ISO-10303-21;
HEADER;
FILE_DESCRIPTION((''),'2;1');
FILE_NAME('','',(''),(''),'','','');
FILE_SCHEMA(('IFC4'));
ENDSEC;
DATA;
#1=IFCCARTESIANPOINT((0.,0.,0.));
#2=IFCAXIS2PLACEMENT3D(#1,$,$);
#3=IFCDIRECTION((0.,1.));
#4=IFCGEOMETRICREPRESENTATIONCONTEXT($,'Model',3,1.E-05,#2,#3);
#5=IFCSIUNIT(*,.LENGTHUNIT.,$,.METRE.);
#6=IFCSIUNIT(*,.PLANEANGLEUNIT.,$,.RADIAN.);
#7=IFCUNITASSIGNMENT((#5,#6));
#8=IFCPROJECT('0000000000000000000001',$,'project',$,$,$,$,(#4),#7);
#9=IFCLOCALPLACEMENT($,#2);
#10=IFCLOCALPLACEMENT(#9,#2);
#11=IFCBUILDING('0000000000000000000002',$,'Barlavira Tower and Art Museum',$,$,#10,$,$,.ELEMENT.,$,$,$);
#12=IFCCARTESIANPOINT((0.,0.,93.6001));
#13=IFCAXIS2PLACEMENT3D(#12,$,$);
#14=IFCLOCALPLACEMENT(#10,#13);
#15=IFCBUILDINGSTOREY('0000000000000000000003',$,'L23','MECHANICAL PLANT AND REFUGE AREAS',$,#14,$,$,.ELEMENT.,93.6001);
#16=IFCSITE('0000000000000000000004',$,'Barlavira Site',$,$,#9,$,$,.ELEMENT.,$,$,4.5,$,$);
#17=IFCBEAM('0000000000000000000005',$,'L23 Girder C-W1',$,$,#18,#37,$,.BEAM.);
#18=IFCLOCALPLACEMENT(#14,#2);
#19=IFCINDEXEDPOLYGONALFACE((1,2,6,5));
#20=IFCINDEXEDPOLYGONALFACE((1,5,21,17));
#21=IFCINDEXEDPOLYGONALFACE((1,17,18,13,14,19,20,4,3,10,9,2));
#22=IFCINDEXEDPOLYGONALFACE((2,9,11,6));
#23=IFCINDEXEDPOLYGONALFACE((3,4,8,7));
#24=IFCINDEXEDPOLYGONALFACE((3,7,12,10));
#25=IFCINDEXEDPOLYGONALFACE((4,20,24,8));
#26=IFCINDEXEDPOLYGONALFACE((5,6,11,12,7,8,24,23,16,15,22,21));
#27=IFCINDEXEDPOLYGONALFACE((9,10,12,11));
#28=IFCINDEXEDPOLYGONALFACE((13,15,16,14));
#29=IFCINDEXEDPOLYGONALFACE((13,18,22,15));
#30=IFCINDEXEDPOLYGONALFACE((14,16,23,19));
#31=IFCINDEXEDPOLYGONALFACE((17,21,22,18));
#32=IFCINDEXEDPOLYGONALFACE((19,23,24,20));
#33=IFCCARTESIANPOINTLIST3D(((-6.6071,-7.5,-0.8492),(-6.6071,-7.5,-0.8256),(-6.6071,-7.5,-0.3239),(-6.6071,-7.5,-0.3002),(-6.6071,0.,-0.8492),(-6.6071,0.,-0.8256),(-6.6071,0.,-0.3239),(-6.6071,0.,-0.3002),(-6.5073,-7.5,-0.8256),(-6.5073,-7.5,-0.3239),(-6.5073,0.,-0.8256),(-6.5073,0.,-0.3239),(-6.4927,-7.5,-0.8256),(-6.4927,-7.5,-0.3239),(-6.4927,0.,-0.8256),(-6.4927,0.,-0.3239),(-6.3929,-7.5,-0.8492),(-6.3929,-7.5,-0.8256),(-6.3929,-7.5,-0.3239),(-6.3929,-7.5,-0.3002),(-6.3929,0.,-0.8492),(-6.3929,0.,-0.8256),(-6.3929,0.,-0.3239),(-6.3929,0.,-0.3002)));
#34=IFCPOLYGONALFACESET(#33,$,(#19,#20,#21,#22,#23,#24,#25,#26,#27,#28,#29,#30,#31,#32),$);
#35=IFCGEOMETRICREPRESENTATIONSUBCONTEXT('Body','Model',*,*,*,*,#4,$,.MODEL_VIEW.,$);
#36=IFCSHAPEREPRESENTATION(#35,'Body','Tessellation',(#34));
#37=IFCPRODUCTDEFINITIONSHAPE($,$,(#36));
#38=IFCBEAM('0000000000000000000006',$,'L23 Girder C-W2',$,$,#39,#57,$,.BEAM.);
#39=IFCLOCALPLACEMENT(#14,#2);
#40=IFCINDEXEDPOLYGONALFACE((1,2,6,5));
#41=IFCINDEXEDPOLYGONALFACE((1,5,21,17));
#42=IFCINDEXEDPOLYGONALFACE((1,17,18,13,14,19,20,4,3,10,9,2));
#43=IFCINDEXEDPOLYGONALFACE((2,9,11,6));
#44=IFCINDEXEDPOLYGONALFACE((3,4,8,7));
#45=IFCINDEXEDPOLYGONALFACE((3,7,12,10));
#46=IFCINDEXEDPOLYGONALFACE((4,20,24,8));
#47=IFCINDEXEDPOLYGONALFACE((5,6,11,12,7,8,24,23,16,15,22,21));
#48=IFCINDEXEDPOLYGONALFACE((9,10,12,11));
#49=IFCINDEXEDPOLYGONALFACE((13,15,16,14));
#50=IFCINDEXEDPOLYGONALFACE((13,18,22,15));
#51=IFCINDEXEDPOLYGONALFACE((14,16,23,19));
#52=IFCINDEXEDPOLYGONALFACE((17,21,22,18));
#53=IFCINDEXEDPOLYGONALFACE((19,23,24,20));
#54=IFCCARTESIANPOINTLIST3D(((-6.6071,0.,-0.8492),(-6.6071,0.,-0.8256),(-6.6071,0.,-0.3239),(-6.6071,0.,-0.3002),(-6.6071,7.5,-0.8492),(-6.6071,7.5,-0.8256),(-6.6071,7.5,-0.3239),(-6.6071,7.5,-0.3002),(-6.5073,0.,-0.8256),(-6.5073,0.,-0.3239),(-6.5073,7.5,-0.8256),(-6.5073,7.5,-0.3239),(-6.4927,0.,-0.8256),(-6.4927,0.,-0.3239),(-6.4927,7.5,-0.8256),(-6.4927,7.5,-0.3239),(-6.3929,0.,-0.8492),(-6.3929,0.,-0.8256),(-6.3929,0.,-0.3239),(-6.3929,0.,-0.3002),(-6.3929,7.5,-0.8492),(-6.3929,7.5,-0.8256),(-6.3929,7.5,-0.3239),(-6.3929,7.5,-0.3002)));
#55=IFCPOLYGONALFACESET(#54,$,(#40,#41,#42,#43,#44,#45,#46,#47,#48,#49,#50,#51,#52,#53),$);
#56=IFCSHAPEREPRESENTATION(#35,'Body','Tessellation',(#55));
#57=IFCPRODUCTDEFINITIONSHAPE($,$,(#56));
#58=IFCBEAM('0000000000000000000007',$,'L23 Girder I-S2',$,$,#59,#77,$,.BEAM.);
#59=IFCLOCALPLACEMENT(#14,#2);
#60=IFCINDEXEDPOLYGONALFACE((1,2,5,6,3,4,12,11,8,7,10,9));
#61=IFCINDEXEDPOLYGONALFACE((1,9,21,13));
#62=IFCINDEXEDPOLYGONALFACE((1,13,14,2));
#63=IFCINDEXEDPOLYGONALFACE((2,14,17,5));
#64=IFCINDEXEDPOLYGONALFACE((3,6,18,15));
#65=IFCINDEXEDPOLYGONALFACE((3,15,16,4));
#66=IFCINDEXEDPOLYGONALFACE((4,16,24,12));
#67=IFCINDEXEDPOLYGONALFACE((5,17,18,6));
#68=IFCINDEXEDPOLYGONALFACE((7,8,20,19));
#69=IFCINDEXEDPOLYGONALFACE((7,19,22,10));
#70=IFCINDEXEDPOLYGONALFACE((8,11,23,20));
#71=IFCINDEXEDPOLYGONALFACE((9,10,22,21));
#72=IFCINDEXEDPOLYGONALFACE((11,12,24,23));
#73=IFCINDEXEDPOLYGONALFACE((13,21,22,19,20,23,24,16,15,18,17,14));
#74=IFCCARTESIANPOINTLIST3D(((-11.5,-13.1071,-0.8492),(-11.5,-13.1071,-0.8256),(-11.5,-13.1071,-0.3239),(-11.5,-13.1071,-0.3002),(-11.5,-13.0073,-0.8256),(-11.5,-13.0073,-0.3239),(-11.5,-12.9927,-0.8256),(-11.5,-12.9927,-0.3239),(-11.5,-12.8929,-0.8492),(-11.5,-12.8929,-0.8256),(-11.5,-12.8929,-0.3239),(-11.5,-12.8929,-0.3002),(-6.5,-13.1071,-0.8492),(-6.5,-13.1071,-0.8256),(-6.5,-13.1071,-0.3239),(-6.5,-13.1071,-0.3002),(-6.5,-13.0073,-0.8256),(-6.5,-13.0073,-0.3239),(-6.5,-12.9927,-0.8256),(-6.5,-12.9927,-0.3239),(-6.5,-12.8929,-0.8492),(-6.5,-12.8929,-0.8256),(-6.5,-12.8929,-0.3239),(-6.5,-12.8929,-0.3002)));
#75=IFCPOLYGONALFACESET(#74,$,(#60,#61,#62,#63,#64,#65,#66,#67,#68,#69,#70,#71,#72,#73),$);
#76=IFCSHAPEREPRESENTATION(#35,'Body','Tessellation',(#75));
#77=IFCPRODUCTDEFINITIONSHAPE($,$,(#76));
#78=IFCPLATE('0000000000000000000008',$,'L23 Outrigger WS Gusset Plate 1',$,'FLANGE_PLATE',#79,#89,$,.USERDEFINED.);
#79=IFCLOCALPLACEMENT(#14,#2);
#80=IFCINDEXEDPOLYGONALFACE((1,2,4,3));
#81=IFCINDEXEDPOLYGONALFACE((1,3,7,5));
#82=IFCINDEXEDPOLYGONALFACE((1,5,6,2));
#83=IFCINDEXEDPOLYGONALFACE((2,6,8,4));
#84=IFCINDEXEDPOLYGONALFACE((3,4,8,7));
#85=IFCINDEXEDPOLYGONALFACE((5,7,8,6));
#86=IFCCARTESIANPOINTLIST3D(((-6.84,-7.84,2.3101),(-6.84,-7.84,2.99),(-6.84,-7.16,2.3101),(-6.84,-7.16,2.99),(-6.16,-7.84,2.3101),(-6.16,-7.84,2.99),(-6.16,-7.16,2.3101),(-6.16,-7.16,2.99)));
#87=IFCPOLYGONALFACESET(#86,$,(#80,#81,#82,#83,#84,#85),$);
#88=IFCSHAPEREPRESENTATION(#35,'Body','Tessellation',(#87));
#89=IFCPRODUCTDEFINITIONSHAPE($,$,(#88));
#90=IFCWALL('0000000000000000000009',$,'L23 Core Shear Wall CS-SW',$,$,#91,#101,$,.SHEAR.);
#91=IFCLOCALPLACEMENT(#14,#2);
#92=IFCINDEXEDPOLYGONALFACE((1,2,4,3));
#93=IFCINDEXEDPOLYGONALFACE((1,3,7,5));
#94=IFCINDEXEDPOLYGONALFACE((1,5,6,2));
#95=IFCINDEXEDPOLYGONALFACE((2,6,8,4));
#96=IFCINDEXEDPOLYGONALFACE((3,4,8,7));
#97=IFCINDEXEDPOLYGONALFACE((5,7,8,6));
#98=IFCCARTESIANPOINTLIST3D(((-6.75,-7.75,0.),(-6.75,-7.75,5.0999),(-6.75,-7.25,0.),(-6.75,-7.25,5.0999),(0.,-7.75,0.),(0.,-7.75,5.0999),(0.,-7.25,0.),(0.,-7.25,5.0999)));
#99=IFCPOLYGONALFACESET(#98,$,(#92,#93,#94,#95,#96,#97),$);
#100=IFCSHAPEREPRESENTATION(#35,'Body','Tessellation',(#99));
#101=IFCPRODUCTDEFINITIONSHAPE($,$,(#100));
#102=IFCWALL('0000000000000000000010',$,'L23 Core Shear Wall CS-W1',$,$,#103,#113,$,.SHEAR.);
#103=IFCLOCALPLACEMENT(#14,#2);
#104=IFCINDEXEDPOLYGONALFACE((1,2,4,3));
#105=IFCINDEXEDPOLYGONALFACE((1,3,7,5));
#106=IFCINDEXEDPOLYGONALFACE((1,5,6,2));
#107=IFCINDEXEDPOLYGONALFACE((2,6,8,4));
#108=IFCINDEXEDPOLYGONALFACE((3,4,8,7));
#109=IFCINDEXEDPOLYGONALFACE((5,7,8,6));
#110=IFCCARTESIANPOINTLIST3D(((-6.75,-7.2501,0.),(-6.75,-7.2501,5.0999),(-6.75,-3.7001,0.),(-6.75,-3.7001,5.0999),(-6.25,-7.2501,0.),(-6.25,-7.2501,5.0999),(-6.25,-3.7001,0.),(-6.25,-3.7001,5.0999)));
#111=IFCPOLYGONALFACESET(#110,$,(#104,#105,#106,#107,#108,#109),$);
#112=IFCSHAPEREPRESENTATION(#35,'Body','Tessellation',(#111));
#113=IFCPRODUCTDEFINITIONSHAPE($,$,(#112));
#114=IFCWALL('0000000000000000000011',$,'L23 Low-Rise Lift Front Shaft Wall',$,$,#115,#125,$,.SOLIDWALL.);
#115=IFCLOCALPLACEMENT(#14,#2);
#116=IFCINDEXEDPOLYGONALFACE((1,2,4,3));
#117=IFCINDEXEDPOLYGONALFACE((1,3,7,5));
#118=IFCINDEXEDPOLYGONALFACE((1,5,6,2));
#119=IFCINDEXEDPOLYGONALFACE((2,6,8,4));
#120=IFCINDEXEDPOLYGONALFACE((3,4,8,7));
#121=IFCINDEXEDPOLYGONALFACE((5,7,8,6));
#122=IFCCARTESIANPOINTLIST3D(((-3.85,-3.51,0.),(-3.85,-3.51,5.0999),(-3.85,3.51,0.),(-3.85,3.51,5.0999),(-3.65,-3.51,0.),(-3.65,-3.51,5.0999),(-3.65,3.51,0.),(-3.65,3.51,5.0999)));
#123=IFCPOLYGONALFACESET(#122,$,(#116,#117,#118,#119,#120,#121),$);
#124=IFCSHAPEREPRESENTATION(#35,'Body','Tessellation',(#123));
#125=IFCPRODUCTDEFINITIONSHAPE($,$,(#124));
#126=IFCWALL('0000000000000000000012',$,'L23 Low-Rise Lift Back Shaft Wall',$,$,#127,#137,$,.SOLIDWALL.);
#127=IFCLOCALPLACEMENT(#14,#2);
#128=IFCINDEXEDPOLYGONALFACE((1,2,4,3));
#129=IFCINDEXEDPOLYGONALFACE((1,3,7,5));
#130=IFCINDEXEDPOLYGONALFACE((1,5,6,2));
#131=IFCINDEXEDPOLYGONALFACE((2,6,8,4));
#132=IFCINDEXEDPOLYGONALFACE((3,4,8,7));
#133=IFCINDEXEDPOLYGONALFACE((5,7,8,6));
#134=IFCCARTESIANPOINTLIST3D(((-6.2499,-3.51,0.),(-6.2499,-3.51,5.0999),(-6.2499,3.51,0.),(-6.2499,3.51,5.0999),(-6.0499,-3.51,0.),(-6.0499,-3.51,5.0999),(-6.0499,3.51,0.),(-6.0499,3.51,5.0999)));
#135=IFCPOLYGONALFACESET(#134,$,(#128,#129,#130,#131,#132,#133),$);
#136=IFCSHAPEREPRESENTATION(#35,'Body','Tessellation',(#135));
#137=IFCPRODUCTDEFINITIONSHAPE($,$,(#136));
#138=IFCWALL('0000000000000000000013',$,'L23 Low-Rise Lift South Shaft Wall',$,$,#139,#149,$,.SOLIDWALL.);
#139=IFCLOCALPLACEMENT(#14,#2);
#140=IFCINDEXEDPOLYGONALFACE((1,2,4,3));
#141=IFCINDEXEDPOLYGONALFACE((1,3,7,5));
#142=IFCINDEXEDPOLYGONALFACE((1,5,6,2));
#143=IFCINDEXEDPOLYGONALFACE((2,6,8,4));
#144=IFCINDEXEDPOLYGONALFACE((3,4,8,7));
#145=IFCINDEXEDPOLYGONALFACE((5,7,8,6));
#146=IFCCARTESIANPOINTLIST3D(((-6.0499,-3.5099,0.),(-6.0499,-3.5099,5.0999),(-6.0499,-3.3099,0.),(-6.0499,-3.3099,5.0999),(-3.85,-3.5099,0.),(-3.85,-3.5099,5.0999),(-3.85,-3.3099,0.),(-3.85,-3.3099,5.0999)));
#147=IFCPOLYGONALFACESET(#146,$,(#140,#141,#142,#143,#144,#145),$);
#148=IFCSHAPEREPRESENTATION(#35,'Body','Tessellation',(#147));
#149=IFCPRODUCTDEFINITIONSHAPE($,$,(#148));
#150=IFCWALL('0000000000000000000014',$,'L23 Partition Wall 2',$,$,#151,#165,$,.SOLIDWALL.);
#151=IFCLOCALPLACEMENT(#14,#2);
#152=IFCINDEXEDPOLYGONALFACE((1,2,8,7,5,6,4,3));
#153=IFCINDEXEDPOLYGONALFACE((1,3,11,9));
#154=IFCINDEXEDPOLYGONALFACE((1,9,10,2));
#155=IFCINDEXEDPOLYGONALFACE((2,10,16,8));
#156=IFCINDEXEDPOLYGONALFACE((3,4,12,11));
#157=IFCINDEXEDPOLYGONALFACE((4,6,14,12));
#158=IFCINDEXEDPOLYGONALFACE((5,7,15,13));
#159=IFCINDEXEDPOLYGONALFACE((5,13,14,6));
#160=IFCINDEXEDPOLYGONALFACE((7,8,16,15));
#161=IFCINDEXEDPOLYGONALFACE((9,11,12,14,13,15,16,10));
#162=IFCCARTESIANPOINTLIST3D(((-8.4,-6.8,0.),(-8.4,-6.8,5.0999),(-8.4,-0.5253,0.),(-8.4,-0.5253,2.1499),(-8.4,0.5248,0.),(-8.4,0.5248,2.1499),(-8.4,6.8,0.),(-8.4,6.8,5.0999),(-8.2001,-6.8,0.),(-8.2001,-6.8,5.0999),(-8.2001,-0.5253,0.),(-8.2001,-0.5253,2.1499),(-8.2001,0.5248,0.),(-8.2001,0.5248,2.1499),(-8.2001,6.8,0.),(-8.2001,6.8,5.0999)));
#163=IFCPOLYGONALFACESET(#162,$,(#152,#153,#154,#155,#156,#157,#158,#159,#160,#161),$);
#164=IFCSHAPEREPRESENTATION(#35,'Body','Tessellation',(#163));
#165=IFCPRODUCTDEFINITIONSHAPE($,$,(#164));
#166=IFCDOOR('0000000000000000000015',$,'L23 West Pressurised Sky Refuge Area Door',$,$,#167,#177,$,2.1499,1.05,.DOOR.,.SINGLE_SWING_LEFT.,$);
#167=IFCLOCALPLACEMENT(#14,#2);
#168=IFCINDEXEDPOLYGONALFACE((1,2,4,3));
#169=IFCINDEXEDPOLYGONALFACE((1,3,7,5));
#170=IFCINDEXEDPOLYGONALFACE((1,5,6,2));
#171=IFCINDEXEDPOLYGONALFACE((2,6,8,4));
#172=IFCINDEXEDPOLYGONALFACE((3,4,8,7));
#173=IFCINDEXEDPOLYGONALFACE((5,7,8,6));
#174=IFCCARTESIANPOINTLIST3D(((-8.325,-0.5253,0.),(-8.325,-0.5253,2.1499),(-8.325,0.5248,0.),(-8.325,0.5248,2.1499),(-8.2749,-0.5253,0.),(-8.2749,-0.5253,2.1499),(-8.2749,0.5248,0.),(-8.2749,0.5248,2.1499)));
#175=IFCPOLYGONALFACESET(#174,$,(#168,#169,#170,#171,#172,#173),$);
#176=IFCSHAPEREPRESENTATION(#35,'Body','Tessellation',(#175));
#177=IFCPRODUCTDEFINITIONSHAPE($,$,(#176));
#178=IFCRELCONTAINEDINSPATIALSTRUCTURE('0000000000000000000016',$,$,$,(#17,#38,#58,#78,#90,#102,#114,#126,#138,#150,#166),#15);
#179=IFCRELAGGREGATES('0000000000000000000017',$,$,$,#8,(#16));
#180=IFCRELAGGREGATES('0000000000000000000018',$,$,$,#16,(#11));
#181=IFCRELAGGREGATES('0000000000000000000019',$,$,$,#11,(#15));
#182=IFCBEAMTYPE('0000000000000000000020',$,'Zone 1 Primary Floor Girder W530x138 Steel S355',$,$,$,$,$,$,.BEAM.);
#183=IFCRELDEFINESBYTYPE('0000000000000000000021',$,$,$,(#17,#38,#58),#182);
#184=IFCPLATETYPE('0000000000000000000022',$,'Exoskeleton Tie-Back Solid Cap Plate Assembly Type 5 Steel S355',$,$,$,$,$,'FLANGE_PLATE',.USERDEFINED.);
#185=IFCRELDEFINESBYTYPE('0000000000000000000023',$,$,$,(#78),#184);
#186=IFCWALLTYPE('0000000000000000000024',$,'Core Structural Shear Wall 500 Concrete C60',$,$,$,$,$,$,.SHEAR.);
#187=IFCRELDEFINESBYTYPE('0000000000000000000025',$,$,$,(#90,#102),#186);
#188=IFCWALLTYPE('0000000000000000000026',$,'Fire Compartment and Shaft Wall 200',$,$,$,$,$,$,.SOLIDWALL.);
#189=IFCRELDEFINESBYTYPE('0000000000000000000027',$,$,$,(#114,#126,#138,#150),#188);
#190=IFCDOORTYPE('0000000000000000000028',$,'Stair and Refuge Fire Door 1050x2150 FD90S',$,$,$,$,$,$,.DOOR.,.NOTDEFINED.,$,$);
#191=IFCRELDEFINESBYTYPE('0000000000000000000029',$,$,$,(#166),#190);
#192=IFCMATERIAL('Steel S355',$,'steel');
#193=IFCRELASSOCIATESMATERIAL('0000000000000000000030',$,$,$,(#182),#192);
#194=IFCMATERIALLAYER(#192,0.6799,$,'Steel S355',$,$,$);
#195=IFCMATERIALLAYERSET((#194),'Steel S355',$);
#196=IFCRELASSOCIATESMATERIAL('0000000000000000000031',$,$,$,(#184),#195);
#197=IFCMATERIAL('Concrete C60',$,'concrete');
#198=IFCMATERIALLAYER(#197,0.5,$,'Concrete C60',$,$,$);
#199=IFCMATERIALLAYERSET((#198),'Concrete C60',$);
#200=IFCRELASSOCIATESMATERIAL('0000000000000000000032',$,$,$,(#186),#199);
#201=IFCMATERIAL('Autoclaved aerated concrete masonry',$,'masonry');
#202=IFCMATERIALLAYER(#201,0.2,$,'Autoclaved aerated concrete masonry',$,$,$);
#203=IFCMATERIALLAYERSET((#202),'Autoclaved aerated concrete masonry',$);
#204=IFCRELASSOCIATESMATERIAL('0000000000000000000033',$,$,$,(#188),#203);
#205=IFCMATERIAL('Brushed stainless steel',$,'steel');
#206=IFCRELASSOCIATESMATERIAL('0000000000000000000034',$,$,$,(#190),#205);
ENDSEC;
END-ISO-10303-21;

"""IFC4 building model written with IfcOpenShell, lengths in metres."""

from ifc_helpers import new_model, si_unit, direction, frame, frame_2d, origin, origin_2d, place, context, subcontext, project, spatial, rectangle, i_section, extrude, material, layer, layer_set, material_profile, profile_set, type_object, element, fill, save


model = new_model("IFC4")

# Units and contexts
model_context = context("Model", 3, precision=1e-05, world=origin(), true_north=direction((0.0, 1.0)))
body_context = subcontext(model_context, "Body", "Model", "MODEL_VIEW")
ifc_project = project(units=[si_unit("LENGTHUNIT", "METRE"), si_unit("PLANEANGLEUNIT", "RADIAN")], contexts=[model_context])

# Site, building, storey
site_placement = place(None, origin())
site = spatial("IfcSite", under=ifc_project, at=site_placement, Name="Barlavira Site", CompositionType="ELEMENT", RefElevation=4.5)
building_placement = place(site_placement, origin())
building = spatial("IfcBuilding", under=site, at=building_placement, Name="Barlavira Tower and Art Museum", CompositionType="ELEMENT")
storey_placement = place(building_placement, frame((0.0, 0.0, 93.6001)))
storey = spatial("IfcBuildingStorey", under=building, at=storey_placement, Name="L23", Description="MECHANICAL PLANT AND REFUGE AREAS", CompositionType="ELEMENT", Elevation=93.6001)

# Shared definitions
ifc_material_1 = material(Name="Steel S355", Category="steel")

# Beams
ifc_material_profile_1 = material_profile(ifc_material_1, i_section(OverallWidth=0.2141, OverallDepth=0.5491, WebThickness=0.0146, FlangeThickness=0.0237, at=origin_2d()), Name="W530x138.0")
ifc_profile_set_1 = profile_set([ifc_material_profile_1], Name="Steel S355")
beam_type_1 = type_object("IfcBeamType", Name="Zone 1 Primary Floor Girder W530x138 Steel S355", PredefinedType="BEAM", material=ifc_profile_set_1)
for number, where, z_axis, x_axis, name in (
    (1, (-6.5, -7.5, -0.5747), (0.0, 1.0, 0.0), (-1.0, 0.0, 0.0), "L23 Girder C-W1"),
    (2, (-6.5, 0.0, -0.5747), (0.0, 1.0, 0.0), (-1.0, 0.0, 0.0), "L23 Girder C-W2"),
):
    element("IfcBeam", number, at=place(storey_placement, frame(where, z_axis=z_axis, x_axis=x_axis)), inside=storey, type_object=beam_type_1, Name=name, PredefinedType="BEAM", context=body_context, shape_type="SweptSolid", body=[
        extrude(i_section(OverallWidth=0.2141, OverallDepth=0.5491, WebThickness=0.0146, FlangeThickness=0.0237, at=origin_2d()), origin(), (0.0, 0.0, 1.0), 7.5),
    ])
beam_1_placement = place(storey_placement, frame((-11.5, -13.0, -0.5747), z_axis=(1.0, 0.0, 0.0), x_axis=(0.0, 1.0, 0.0)))
element("IfcBeam", 3, at=beam_1_placement, inside=storey, type_object=beam_type_1, Name="L23 Girder I-S2", PredefinedType="BEAM", context=body_context, shape_type="SweptSolid", body=[
    extrude(i_section(OverallWidth=0.2141, OverallDepth=0.5491, WebThickness=0.0146, FlangeThickness=0.0237, at=origin_2d()), origin(), (0.0, 0.0, 1.0), 5.0),
])

# Plate
ifc_layer_1 = layer(ifc_material_1, 0.6799, Name="Steel S355")
ifc_layer_set_1 = layer_set([ifc_layer_1], Name="Steel S355")
plate_type = type_object("IfcPlateType", Name="Exoskeleton Tie-Back Solid Cap Plate Assembly Type 5 Steel S355", ElementType="FLANGE_PLATE", PredefinedType="USERDEFINED", material=ifc_layer_set_1)
plate_placement = place(storey_placement, frame((-6.5, -7.5, 2.3101), z_axis=(0.0, 0.0, 1.0), x_axis=(1.0, 0.0, 0.0)))
element("IfcPlate", 4, at=plate_placement, inside=storey, type_object=plate_type, Name="L23 Outrigger WS Gusset Plate 1", ObjectType="FLANGE_PLATE", PredefinedType="USERDEFINED", context=body_context, shape_type="SweptSolid", body=[
    extrude(rectangle(XDim=0.6799, YDim=0.6799, at=origin_2d()), origin(), (0.0, 0.0, 1.0), 0.6799),
])

# Walls
ifc_material_2 = material(Name="Concrete C60", Category="concrete")
ifc_layer_2 = layer(ifc_material_2, 0.5, Name="Concrete C60")
ifc_layer_set_2 = layer_set([ifc_layer_2], Name="Concrete C60")
wall_type_1 = type_object("IfcWallType", Name="Core Structural Shear Wall 500 Concrete C60", PredefinedType="SHEAR", material=ifc_layer_set_2)
wall_1_placement = place(storey_placement, frame((-6.75, -7.5, 0.0), z_axis=(0.0, 0.0, 1.0), x_axis=(1.0, 0.0, 0.0)))
element("IfcWall", 5, at=wall_1_placement, inside=storey, type_object=wall_type_1, Name="L23 Core Shear Wall CS-SW", PredefinedType="SHEAR", context=body_context, shape_type="SweptSolid", body=[
    extrude(rectangle(XDim=6.75, YDim=0.5, at=frame_2d((3.375, 0.0))), origin(), (0.0, 0.0, 1.0), 5.0999),
])
wall_2_placement = place(storey_placement, frame((-6.5, -7.25, 0.0), z_axis=(0.0, 0.0, 1.0), x_axis=(0.0, 1.0, 0.0)))
element("IfcWall", 6, at=wall_2_placement, inside=storey, type_object=wall_type_1, Name="L23 Core Shear Wall CS-W1", PredefinedType="SHEAR", context=body_context, shape_type="SweptSolid", body=[
    extrude(rectangle(XDim=3.55, YDim=0.5, at=frame_2d((1.7749, 0.0))), origin(), (0.0, 0.0, 1.0), 5.0999),
])
ifc_material_3 = material(Name="Autoclaved aerated concrete masonry", Category="masonry")
ifc_layer_3 = layer(ifc_material_3, 0.2, Name="Autoclaved aerated concrete masonry")
ifc_layer_set_3 = layer_set([ifc_layer_3], Name="Autoclaved aerated concrete masonry")
wall_type_2 = type_object("IfcWallType", Name="Fire Compartment and Shaft Wall 200", PredefinedType="SOLIDWALL", material=ifc_layer_set_3)
for number, where, z_axis, x_axis, name in (
    (7, (-3.75, -3.51, 0.0), (0.0, 0.0, 1.0), (0.0, 1.0, 0.0), "L23 Low-Rise Lift Front Shaft Wall"),
    (8, (-6.1499, -3.51, 0.0), (0.0, 0.0, 1.0), (0.0, 1.0, 0.0), "L23 Low-Rise Lift Back Shaft Wall"),
):
    element("IfcWall", number, at=place(storey_placement, frame(where, z_axis=z_axis, x_axis=x_axis)), inside=storey, type_object=wall_type_2, Name=name, PredefinedType="SOLIDWALL", context=body_context, shape_type="SweptSolid", body=[
        extrude(rectangle(XDim=7.02, YDim=0.2, at=frame_2d((3.51, 0.0))), origin(), (0.0, 0.0, 1.0), 5.0999),
    ])
wall_3_placement = place(storey_placement, frame((-6.05, -3.4099, 0.0), z_axis=(0.0, 0.0, 1.0), x_axis=(1.0, 0.0, 0.0)))
element("IfcWall", 9, at=wall_3_placement, inside=storey, type_object=wall_type_2, Name="L23 Low-Rise Lift South Shaft Wall", PredefinedType="SOLIDWALL", context=body_context, shape_type="SweptSolid", body=[
    extrude(rectangle(XDim=2.2, YDim=0.2, at=frame_2d((1.1001, 0.0))), origin(), (0.0, 0.0, 1.0), 5.0999),
])

# Wall, opening, door
wall_4_placement = place(storey_placement, frame((-8.3, -6.8, 0.0), z_axis=(0.0, 0.0, 1.0), x_axis=(0.0, 1.0, 0.0)))
wall_4 = element("IfcWall", 10, at=wall_4_placement, inside=storey, type_object=wall_type_2, Name="L23 Partition Wall 2", PredefinedType="SOLIDWALL", context=body_context, shape_type="SweptSolid", body=[
    extrude(rectangle(XDim=13.6001, YDim=0.2, at=frame_2d((6.8, 0.0))), origin(), (0.0, 0.0, 1.0), 5.0999),
])
opening_1_placement = place(wall_4_placement, frame((6.2749, 0.0, 0.0)))
opening_1 = element("IfcOpeningElement", 11, at=opening_1_placement, cuts=wall_4, PredefinedType="OPENING", context=body_context, shape_type="SweptSolid", body=[
    extrude(rectangle(XDim=1.05, YDim=2.1499, at=frame_2d((0.5249, 1.075))), frame((0.0, 0.1099, 0.0), z_axis=(0.0, -1.0, 0.0), x_axis=(1.0, 0.0, 0.0)), (0.0, 0.0, 1.0), 0.22),
])
ifc_material_4 = material(Name="Brushed stainless steel", Category="steel")
door_type = type_object("IfcDoorType", Name="Stair and Refuge Fire Door 1050x2150 FD90S", OperationType="NOTDEFINED", PredefinedType="DOOR", material=ifc_material_4)
door_1_placement = place(opening_1_placement, origin())
door_1 = element("IfcDoor", 12, at=door_1_placement, inside=storey, type_object=door_type, Name="L23 West Pressurised Sky Refuge Area Door", OperationType="SINGLE_SWING_LEFT", OverallHeight=2.1499, OverallWidth=1.05, PredefinedType="DOOR", context=body_context, shape_type="SweptSolid", body=[
    extrude(rectangle(XDim=1.05, YDim=2.1499, at=frame_2d((0.5249, 1.075))), frame((0.0, 0.0249, 0.0), z_axis=(0.0, -1.0, 0.0), x_axis=(1.0, 0.0, 0.0)), (0.0, 0.0, 1.0), 0.05),
])
fill(opening_1, door_1)

save(model, "model.ifc")
